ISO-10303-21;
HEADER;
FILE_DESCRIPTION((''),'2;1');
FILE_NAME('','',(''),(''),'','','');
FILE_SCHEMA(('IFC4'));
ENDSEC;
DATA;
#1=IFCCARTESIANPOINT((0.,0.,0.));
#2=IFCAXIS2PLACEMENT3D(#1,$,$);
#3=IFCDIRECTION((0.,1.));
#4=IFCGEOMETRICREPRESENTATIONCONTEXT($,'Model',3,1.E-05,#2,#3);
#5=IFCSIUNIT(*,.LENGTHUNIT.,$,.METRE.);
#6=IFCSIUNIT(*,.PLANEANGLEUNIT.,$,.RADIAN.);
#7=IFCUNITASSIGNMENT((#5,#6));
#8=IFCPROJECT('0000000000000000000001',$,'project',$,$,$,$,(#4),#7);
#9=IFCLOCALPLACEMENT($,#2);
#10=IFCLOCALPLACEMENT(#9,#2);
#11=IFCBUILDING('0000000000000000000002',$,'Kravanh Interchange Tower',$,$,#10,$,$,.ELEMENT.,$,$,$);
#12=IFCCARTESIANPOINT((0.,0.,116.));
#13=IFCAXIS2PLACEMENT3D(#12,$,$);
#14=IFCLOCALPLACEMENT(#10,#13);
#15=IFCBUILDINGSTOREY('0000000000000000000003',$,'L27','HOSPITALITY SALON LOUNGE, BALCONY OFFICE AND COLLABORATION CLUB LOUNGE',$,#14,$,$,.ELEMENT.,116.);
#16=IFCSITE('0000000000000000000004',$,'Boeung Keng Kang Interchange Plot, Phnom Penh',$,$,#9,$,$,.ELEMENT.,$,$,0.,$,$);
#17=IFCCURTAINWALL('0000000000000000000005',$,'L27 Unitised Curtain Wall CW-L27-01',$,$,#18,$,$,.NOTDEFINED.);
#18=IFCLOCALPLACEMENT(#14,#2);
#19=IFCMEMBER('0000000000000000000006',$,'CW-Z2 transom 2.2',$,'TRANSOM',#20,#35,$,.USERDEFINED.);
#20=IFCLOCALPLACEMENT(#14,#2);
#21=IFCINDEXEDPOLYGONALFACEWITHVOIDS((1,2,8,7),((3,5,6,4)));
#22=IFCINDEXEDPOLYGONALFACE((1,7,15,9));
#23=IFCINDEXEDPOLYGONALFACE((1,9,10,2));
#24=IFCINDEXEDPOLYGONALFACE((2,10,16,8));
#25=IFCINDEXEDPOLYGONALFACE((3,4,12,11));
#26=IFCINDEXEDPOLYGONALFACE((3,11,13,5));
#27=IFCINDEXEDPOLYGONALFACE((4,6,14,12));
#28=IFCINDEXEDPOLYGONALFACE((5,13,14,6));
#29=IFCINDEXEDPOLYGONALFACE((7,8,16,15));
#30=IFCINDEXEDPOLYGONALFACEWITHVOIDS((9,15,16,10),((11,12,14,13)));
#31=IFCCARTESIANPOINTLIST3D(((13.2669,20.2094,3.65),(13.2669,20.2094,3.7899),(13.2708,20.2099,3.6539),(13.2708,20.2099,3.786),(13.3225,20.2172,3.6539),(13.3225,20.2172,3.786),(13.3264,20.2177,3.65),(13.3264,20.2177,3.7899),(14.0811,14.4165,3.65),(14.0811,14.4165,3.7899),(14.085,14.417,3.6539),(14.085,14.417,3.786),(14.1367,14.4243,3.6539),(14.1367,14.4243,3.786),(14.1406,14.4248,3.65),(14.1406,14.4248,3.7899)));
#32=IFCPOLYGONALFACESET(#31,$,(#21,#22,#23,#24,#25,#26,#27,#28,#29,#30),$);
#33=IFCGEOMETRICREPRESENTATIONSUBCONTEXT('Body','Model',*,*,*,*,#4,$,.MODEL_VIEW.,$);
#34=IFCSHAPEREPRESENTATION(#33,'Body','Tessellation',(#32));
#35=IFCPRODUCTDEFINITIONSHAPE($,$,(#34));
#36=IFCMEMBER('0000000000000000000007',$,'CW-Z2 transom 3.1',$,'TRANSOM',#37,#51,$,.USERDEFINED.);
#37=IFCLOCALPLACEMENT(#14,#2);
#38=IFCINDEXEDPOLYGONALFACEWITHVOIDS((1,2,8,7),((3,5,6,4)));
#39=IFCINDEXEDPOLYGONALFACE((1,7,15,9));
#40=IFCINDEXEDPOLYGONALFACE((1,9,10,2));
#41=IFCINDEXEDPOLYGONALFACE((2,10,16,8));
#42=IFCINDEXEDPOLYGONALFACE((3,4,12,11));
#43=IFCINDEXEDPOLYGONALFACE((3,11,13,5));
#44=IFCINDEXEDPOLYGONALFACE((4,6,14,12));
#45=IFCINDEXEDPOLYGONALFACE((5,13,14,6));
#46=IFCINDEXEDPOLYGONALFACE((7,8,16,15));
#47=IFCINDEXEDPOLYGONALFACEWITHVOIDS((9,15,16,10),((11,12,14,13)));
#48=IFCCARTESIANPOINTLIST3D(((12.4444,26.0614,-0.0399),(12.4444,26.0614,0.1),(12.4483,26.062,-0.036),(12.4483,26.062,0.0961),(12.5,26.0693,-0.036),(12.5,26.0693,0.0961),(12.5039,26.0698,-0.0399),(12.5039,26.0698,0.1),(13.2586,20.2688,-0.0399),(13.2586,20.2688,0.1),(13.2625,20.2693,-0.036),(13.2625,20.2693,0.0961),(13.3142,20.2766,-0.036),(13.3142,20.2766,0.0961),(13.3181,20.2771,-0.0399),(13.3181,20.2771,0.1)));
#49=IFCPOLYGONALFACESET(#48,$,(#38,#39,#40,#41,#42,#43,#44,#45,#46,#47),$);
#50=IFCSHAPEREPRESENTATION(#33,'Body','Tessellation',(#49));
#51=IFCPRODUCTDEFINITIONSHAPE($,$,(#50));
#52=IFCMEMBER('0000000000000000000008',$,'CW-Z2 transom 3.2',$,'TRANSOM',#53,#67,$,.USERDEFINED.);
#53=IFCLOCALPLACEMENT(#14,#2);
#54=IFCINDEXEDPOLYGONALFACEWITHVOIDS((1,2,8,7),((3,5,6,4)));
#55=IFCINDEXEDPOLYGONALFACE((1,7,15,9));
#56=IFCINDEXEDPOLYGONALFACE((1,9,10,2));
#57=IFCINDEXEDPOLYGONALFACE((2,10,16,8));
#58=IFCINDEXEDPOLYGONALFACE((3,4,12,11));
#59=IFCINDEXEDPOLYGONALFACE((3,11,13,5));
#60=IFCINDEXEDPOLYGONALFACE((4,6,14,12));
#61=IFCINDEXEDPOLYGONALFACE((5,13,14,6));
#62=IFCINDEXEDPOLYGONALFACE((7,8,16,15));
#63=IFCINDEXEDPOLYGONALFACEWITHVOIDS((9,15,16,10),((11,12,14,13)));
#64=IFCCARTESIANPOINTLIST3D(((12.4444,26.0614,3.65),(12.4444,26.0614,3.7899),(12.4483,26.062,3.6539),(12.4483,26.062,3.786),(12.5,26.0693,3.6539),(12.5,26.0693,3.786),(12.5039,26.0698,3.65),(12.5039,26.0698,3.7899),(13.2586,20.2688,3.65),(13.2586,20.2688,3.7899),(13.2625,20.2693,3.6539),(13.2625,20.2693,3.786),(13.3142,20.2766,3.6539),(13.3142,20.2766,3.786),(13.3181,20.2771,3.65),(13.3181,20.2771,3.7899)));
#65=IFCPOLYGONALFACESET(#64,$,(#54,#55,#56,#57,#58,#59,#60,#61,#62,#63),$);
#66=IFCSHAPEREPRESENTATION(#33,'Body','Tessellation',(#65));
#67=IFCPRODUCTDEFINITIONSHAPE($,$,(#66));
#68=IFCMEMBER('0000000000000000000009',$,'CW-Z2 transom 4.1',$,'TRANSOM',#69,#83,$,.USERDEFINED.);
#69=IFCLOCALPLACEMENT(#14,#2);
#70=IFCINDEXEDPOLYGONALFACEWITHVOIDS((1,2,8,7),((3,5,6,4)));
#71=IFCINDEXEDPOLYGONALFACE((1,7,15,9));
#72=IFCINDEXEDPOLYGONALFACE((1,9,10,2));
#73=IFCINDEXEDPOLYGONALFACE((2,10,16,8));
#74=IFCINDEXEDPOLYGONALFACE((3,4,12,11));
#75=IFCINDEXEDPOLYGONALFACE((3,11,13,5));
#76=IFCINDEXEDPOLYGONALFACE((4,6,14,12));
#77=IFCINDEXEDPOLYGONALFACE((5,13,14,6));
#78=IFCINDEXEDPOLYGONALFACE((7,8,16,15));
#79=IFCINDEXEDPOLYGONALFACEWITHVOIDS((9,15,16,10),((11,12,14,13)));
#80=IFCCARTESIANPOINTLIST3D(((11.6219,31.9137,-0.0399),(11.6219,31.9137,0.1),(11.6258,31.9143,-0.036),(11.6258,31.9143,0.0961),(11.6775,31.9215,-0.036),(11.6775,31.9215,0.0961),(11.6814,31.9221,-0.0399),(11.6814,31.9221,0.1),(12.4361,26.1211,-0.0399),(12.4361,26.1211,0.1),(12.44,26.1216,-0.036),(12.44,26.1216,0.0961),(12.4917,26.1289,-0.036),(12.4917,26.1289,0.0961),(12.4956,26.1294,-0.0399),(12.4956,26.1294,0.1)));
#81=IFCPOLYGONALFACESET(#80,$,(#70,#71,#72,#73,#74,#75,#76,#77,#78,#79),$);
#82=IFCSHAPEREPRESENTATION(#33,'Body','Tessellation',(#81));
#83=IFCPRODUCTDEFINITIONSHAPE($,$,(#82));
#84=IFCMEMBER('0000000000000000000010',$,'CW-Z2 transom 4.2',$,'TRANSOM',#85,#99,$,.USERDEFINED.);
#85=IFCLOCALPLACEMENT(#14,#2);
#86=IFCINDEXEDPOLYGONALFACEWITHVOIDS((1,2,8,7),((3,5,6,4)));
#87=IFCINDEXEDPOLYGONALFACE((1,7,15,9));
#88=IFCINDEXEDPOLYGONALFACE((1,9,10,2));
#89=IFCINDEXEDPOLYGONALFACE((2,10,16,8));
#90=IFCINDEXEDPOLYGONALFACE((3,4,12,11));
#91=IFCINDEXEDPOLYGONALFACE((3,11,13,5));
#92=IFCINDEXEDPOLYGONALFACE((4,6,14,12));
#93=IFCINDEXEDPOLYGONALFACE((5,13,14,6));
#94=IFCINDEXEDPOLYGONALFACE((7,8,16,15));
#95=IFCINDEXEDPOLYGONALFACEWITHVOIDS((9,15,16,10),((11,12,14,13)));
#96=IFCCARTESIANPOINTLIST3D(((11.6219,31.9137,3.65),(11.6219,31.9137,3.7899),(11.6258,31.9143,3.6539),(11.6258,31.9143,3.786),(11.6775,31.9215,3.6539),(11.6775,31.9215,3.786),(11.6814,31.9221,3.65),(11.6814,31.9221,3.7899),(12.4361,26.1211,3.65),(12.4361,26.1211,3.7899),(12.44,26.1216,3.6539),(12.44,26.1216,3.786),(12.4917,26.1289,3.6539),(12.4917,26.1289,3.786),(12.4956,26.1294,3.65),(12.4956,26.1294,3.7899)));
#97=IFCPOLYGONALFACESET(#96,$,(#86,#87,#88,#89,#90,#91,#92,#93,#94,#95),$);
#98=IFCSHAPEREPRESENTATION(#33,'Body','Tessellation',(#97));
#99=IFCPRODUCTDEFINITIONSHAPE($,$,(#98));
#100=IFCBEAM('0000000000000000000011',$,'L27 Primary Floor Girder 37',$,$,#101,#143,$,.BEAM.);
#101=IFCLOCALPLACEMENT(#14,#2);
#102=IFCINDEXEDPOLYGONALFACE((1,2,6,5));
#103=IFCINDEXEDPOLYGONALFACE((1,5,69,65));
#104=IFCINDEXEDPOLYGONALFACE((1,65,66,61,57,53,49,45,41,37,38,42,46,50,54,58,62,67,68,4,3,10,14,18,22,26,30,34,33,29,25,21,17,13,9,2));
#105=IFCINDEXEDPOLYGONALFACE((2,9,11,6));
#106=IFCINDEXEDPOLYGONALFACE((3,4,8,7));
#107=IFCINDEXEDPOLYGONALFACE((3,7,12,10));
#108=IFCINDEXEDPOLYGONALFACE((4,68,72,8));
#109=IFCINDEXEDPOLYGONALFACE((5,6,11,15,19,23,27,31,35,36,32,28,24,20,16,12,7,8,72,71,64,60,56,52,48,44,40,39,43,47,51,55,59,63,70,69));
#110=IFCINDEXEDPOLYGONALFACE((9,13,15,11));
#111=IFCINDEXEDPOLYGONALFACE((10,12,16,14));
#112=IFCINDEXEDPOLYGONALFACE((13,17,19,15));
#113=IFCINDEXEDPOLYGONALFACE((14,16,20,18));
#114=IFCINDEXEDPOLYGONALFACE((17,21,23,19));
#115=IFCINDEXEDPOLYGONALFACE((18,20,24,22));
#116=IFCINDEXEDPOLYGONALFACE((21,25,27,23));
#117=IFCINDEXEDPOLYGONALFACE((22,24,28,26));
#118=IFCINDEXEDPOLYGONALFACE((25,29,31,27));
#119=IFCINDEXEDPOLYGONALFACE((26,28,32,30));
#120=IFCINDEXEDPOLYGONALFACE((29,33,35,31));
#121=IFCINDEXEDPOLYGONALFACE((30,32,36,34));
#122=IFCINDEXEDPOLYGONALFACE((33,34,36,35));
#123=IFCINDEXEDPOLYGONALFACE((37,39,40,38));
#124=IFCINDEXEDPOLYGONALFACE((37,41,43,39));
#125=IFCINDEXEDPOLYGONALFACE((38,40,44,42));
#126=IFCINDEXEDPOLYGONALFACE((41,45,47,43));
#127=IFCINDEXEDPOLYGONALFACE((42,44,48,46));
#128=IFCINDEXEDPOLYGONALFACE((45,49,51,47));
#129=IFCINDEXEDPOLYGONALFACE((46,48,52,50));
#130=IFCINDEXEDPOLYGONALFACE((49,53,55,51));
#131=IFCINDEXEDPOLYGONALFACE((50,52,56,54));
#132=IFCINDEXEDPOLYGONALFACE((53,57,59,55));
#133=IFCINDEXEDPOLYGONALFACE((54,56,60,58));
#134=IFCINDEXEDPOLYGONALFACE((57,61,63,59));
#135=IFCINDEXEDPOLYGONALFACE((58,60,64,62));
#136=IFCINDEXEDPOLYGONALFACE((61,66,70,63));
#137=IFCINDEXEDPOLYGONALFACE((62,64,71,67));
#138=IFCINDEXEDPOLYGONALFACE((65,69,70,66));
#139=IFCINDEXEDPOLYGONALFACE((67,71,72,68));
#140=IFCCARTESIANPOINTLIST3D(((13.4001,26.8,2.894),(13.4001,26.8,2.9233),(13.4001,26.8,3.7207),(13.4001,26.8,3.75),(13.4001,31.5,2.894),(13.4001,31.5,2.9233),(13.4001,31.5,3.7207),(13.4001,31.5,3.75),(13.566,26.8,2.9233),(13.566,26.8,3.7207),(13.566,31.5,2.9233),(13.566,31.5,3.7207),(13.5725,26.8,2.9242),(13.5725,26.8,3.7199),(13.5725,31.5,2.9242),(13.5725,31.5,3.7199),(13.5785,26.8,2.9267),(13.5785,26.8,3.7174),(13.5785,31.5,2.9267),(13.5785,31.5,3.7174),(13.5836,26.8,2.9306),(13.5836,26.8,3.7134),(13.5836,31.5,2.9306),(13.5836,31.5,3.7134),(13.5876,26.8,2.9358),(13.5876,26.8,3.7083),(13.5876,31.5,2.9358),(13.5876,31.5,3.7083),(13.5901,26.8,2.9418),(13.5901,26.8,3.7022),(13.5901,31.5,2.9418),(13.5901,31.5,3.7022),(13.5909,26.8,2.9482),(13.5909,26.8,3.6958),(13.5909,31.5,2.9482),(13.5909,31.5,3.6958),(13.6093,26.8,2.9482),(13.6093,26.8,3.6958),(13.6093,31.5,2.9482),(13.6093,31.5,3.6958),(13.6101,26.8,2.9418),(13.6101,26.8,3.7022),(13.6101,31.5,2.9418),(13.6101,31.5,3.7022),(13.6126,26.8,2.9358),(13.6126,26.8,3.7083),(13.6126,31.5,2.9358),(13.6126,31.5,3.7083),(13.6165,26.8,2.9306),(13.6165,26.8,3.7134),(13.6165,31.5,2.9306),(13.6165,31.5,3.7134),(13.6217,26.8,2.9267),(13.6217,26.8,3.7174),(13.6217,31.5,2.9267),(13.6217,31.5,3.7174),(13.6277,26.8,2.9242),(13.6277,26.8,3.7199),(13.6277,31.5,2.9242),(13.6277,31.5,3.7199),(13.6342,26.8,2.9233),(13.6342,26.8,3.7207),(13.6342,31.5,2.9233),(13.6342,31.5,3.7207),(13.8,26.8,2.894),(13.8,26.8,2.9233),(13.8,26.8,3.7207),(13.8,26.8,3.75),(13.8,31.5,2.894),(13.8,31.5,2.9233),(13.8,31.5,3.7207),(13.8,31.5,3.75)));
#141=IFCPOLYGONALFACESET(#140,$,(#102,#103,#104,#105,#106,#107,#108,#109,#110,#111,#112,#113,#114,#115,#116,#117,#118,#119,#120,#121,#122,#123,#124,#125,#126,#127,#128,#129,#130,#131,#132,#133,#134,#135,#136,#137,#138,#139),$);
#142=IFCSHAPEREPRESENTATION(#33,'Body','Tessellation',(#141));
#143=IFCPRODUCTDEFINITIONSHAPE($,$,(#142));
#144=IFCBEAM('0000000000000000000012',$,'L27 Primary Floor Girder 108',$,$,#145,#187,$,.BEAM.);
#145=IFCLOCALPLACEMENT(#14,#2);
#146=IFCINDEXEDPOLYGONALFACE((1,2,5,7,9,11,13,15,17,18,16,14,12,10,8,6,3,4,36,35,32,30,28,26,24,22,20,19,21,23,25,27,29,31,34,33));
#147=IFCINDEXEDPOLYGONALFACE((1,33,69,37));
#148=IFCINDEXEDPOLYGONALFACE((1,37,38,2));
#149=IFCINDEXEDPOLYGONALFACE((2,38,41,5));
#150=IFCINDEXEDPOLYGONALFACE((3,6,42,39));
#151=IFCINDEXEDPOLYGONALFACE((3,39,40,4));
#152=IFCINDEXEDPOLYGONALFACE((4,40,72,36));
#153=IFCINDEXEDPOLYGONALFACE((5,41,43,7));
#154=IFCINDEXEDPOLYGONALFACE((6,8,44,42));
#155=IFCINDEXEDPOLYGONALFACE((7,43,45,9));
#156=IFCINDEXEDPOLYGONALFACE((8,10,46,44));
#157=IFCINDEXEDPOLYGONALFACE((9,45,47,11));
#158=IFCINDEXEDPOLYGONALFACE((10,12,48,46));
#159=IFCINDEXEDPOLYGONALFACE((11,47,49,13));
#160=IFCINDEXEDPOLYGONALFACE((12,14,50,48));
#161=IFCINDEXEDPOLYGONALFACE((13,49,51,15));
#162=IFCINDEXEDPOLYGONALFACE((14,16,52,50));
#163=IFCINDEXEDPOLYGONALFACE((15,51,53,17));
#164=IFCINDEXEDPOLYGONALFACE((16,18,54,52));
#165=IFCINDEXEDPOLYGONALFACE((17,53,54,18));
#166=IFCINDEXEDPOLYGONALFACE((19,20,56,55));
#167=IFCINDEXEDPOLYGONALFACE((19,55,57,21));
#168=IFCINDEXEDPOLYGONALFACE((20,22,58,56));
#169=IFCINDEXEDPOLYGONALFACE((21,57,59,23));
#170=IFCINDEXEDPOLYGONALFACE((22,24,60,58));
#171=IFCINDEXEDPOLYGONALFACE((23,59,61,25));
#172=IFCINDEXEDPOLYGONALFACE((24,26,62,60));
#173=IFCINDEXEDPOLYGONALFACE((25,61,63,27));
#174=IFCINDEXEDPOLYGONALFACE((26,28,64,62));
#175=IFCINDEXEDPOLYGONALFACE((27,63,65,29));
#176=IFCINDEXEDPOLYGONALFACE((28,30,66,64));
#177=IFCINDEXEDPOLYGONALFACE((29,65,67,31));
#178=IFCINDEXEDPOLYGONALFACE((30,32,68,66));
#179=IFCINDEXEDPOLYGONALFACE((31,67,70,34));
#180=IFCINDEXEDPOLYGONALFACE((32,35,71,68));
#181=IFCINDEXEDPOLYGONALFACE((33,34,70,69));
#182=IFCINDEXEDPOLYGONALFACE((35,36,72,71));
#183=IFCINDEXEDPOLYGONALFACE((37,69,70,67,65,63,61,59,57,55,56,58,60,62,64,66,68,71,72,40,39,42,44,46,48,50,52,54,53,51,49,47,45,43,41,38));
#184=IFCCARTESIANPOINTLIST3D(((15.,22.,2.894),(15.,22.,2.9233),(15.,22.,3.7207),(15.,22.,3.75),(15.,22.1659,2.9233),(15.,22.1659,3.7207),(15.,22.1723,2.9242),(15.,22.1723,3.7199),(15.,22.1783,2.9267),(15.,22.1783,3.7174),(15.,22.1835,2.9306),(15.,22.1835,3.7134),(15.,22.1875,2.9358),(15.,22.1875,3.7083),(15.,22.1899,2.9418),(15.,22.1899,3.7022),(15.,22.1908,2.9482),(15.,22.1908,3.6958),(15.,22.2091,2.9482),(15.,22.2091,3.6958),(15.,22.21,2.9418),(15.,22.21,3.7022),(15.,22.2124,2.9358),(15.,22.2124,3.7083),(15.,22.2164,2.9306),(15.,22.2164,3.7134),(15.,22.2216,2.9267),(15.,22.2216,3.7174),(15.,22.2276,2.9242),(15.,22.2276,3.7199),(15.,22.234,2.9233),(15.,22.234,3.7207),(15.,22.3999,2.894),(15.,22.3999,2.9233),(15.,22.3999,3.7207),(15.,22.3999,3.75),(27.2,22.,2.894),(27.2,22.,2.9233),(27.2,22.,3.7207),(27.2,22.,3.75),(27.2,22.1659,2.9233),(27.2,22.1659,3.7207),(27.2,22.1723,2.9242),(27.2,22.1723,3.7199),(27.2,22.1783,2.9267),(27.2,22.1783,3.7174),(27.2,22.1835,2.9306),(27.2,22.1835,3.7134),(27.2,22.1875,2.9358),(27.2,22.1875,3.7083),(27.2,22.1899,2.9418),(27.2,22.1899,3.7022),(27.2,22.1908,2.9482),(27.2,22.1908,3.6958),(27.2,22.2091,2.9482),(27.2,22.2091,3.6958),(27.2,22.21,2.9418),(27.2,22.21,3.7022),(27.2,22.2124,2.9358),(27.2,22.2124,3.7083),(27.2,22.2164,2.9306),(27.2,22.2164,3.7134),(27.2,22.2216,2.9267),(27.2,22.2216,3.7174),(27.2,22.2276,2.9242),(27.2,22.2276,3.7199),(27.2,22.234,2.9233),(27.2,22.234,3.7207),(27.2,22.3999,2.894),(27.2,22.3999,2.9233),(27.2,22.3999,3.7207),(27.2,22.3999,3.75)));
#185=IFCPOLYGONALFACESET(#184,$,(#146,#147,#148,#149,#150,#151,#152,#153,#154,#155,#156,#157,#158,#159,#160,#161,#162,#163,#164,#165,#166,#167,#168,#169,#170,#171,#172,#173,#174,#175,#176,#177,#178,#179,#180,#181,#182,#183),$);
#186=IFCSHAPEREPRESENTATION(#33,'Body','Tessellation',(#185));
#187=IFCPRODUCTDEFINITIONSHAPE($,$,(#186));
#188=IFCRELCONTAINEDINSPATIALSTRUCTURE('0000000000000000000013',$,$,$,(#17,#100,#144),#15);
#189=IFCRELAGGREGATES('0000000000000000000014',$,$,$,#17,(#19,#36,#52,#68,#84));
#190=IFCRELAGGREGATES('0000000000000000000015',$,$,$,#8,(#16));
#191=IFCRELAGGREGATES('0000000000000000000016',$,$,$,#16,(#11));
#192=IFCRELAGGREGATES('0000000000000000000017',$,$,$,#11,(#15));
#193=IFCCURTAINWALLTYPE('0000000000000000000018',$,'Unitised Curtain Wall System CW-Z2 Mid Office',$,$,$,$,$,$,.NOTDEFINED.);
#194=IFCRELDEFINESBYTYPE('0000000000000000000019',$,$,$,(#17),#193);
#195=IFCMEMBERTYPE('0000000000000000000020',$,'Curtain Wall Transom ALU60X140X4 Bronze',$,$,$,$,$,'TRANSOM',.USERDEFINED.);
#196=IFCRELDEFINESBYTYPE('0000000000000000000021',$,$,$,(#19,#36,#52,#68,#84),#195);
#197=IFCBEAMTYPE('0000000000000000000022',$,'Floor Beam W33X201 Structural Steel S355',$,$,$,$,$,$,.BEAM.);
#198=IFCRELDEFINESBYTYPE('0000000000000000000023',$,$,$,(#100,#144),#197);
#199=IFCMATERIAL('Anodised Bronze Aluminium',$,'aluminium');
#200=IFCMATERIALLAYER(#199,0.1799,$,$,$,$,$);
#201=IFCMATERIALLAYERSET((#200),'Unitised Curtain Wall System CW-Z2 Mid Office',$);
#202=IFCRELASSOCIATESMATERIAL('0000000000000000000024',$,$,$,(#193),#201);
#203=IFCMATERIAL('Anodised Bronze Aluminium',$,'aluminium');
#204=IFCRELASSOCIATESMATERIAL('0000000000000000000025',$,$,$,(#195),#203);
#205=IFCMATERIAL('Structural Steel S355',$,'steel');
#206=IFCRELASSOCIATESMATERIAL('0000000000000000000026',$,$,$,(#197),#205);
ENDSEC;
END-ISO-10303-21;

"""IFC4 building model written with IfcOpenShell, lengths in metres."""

from ifc_helpers import new_model, si_unit, direction, frame, origin, origin_2d, place, context, subcontext, project, spatial, hollow_rectangle, i_section, extrude, material, layer, layer_set, material_profile, profile_set, type_object, element, aggregate, save


model = new_model("IFC4")

# Units and contexts
model_context = context("Model", 3, precision=1e-05, world=origin(), true_north=direction((0.0, 1.0)))
body_context = subcontext(model_context, "Body", "Model", "MODEL_VIEW")
ifc_project = project(units=[si_unit("LENGTHUNIT", "METRE"), si_unit("PLANEANGLEUNIT", "RADIAN")], contexts=[model_context])

# Site, building, storey
site_placement = place(None, origin())
site = spatial("IfcSite", under=ifc_project, at=site_placement, Name="Boeung Keng Kang Interchange Plot, Phnom Penh", CompositionType="ELEMENT", RefElevation=0.0)
building_placement = place(site_placement, origin())
building = spatial("IfcBuilding", under=site, at=building_placement, Name="Kravanh Interchange Tower", CompositionType="ELEMENT")
storey_placement = place(building_placement, frame((0.0, 0.0, 116.0)))
storey = spatial("IfcBuildingStorey", under=building, at=storey_placement, Name="L27", Description="HOSPITALITY SALON LOUNGE, BALCONY OFFICE AND COLLABORATION CLUB LOUNGE", CompositionType="ELEMENT", Elevation=116.0)

# Curtain wall, members
ifc_material_1 = material(Name="Anodised Bronze Aluminium", Category="aluminium")
ifc_layer_1 = layer(ifc_material_1, 0.1799)
ifc_layer_set_1 = layer_set([ifc_layer_1], Name="Unitised Curtain Wall System CW-Z2 Mid Office")
curtain_wall_type = type_object("IfcCurtainWallType", Name="Unitised Curtain Wall System CW-Z2 Mid Office", PredefinedType="NOTDEFINED", material=ifc_layer_set_1)
curtain_wall_placement = place(storey_placement, origin())
curtain_wall = element("IfcCurtainWall", 1, at=curtain_wall_placement, inside=storey, type_object=curtain_wall_type, Name="L27 Unitised Curtain Wall CW-L27-01", PredefinedType="NOTDEFINED")
ifc_material_2 = material(Name="Anodised Bronze Aluminium", Category="aluminium")
ifc_material_profile_1 = material_profile(ifc_material_2, hollow_rectangle(XDim=0.0601, YDim=0.1399, WallThickness=0.0039, at=origin_2d()), Name="ALU60X140X4")
ifc_profile_set_1 = profile_set([ifc_material_profile_1], Name="Anodised Bronze Aluminium")
member_type_1 = type_object("IfcMemberType", Name="Curtain Wall Transom ALU60X140X4 Bronze", ElementType="TRANSOM", PredefinedType="USERDEFINED", material=ifc_profile_set_1)
member_1_placement = place(storey_placement, frame((14.1108, 14.4207, 3.72), z_axis=(-0.139183, 0.990267, 0.0), x_axis=(-0.990267, -0.139183, 0.0)))
member_1 = element("IfcMember", 2, at=member_1_placement, type_object=member_type_1, Name="CW-Z2 transom 2.2", ObjectType="TRANSOM", PredefinedType="USERDEFINED", context=body_context, shape_type="SweptSolid", body=[
    extrude(hollow_rectangle(XDim=0.0601, YDim=0.1399, WallThickness=0.0039, at=origin_2d()), origin(), (0.0, 0.0, 1.0), 5.8499),
])
member_2_placement = place(storey_placement, frame((13.2883, 20.2729, 0.03), z_axis=(-0.139189, 0.990266, 0.0), x_axis=(-0.990266, -0.139189, 0.0)))
member_2 = element("IfcMember", 3, at=member_2_placement, type_object=member_type_1, Name="CW-Z2 transom 3.1", ObjectType="TRANSOM", PredefinedType="USERDEFINED", context=body_context, shape_type="SweptSolid", body=[
    extrude(hollow_rectangle(XDim=0.0601, YDim=0.1399, WallThickness=0.0039, at=origin_2d()), origin(), (0.0, 0.0, 1.0), 5.8496),
])
member_3_placement = place(storey_placement, frame((13.2883, 20.2729, 3.72), z_axis=(-0.139189, 0.990266, 0.0), x_axis=(-0.990266, -0.139189, 0.0)))
member_3 = element("IfcMember", 4, at=member_3_placement, type_object=member_type_1, Name="CW-Z2 transom 3.2", ObjectType="TRANSOM", PredefinedType="USERDEFINED", context=body_context, shape_type="SweptSolid", body=[
    extrude(hollow_rectangle(XDim=0.0601, YDim=0.1399, WallThickness=0.0039, at=origin_2d()), origin(), (0.0, 0.0, 1.0), 5.8496),
])
member_4_placement = place(storey_placement, frame((12.4658, 26.1252, 0.03), z_axis=(-0.139189, 0.990266, 0.0), x_axis=(-0.990266, -0.139189, 0.0)))
member_4 = element("IfcMember", 5, at=member_4_placement, type_object=member_type_1, Name="CW-Z2 transom 4.1", ObjectType="TRANSOM", PredefinedType="USERDEFINED", context=body_context, shape_type="SweptSolid", body=[
    extrude(hollow_rectangle(XDim=0.0601, YDim=0.1399, WallThickness=0.0039, at=origin_2d()), origin(), (0.0, 0.0, 1.0), 5.8496),
])
member_5_placement = place(storey_placement, frame((12.4658, 26.1252, 3.72), z_axis=(-0.139189, 0.990266, 0.0), x_axis=(-0.990266, -0.139189, 0.0)))
member_5 = element("IfcMember", 6, at=member_5_placement, type_object=member_type_1, Name="CW-Z2 transom 4.2", ObjectType="TRANSOM", PredefinedType="USERDEFINED", context=body_context, shape_type="SweptSolid", body=[
    extrude(hollow_rectangle(XDim=0.0601, YDim=0.1399, WallThickness=0.0039, at=origin_2d()), origin(), (0.0, 0.0, 1.0), 5.8496),
])

# Beams
ifc_material_3 = material(Name="Structural Steel S355", Category="steel")
ifc_material_profile_2 = material_profile(ifc_material_3, i_section(OverallWidth=0.3999, OverallDepth=0.856, WebThickness=0.0183, FlangeThickness=0.0293, FilletRadius=0.0249, at=origin_2d()), Name="W33X201")
ifc_profile_set_2 = profile_set([ifc_material_profile_2], Name="Structural Steel S355")
beam_type_1 = type_object("IfcBeamType", Name="Floor Beam W33X201 Structural Steel S355", PredefinedType="BEAM", material=ifc_profile_set_2)
beam_1_placement = place(storey_placement, frame((13.6001, 26.8, 3.322), z_axis=(0.0, 1.0, 0.0), x_axis=(-1.0, 0.0, 0.0)))
element("IfcBeam", 7, at=beam_1_placement, inside=storey, type_object=beam_type_1, Name="L27 Primary Floor Girder 37", PredefinedType="BEAM", context=body_context, shape_type="SweptSolid", body=[
    extrude(i_section(OverallWidth=0.3999, OverallDepth=0.856, WebThickness=0.0183, FlangeThickness=0.0293, FilletRadius=0.0249, at=origin_2d()), origin(), (0.0, 0.0, 1.0), 4.7),
])
beam_2_placement = place(storey_placement, frame((15.0, 22.2, 3.322), z_axis=(1.0, 0.0, 0.0), x_axis=(0.0, 1.0, 0.0)))
element("IfcBeam", 8, at=beam_2_placement, inside=storey, type_object=beam_type_1, Name="L27 Primary Floor Girder 108", PredefinedType="BEAM", context=body_context, shape_type="SweptSolid", body=[
    extrude(i_section(OverallWidth=0.3999, OverallDepth=0.856, WebThickness=0.0183, FlangeThickness=0.0293, FilletRadius=0.0249, at=origin_2d()), origin(), (0.0, 0.0, 1.0), 12.2),
])

aggregate(curtain_wall, [member_1, member_2, member_3, member_4, member_5])

save(model, "model.ifc")
